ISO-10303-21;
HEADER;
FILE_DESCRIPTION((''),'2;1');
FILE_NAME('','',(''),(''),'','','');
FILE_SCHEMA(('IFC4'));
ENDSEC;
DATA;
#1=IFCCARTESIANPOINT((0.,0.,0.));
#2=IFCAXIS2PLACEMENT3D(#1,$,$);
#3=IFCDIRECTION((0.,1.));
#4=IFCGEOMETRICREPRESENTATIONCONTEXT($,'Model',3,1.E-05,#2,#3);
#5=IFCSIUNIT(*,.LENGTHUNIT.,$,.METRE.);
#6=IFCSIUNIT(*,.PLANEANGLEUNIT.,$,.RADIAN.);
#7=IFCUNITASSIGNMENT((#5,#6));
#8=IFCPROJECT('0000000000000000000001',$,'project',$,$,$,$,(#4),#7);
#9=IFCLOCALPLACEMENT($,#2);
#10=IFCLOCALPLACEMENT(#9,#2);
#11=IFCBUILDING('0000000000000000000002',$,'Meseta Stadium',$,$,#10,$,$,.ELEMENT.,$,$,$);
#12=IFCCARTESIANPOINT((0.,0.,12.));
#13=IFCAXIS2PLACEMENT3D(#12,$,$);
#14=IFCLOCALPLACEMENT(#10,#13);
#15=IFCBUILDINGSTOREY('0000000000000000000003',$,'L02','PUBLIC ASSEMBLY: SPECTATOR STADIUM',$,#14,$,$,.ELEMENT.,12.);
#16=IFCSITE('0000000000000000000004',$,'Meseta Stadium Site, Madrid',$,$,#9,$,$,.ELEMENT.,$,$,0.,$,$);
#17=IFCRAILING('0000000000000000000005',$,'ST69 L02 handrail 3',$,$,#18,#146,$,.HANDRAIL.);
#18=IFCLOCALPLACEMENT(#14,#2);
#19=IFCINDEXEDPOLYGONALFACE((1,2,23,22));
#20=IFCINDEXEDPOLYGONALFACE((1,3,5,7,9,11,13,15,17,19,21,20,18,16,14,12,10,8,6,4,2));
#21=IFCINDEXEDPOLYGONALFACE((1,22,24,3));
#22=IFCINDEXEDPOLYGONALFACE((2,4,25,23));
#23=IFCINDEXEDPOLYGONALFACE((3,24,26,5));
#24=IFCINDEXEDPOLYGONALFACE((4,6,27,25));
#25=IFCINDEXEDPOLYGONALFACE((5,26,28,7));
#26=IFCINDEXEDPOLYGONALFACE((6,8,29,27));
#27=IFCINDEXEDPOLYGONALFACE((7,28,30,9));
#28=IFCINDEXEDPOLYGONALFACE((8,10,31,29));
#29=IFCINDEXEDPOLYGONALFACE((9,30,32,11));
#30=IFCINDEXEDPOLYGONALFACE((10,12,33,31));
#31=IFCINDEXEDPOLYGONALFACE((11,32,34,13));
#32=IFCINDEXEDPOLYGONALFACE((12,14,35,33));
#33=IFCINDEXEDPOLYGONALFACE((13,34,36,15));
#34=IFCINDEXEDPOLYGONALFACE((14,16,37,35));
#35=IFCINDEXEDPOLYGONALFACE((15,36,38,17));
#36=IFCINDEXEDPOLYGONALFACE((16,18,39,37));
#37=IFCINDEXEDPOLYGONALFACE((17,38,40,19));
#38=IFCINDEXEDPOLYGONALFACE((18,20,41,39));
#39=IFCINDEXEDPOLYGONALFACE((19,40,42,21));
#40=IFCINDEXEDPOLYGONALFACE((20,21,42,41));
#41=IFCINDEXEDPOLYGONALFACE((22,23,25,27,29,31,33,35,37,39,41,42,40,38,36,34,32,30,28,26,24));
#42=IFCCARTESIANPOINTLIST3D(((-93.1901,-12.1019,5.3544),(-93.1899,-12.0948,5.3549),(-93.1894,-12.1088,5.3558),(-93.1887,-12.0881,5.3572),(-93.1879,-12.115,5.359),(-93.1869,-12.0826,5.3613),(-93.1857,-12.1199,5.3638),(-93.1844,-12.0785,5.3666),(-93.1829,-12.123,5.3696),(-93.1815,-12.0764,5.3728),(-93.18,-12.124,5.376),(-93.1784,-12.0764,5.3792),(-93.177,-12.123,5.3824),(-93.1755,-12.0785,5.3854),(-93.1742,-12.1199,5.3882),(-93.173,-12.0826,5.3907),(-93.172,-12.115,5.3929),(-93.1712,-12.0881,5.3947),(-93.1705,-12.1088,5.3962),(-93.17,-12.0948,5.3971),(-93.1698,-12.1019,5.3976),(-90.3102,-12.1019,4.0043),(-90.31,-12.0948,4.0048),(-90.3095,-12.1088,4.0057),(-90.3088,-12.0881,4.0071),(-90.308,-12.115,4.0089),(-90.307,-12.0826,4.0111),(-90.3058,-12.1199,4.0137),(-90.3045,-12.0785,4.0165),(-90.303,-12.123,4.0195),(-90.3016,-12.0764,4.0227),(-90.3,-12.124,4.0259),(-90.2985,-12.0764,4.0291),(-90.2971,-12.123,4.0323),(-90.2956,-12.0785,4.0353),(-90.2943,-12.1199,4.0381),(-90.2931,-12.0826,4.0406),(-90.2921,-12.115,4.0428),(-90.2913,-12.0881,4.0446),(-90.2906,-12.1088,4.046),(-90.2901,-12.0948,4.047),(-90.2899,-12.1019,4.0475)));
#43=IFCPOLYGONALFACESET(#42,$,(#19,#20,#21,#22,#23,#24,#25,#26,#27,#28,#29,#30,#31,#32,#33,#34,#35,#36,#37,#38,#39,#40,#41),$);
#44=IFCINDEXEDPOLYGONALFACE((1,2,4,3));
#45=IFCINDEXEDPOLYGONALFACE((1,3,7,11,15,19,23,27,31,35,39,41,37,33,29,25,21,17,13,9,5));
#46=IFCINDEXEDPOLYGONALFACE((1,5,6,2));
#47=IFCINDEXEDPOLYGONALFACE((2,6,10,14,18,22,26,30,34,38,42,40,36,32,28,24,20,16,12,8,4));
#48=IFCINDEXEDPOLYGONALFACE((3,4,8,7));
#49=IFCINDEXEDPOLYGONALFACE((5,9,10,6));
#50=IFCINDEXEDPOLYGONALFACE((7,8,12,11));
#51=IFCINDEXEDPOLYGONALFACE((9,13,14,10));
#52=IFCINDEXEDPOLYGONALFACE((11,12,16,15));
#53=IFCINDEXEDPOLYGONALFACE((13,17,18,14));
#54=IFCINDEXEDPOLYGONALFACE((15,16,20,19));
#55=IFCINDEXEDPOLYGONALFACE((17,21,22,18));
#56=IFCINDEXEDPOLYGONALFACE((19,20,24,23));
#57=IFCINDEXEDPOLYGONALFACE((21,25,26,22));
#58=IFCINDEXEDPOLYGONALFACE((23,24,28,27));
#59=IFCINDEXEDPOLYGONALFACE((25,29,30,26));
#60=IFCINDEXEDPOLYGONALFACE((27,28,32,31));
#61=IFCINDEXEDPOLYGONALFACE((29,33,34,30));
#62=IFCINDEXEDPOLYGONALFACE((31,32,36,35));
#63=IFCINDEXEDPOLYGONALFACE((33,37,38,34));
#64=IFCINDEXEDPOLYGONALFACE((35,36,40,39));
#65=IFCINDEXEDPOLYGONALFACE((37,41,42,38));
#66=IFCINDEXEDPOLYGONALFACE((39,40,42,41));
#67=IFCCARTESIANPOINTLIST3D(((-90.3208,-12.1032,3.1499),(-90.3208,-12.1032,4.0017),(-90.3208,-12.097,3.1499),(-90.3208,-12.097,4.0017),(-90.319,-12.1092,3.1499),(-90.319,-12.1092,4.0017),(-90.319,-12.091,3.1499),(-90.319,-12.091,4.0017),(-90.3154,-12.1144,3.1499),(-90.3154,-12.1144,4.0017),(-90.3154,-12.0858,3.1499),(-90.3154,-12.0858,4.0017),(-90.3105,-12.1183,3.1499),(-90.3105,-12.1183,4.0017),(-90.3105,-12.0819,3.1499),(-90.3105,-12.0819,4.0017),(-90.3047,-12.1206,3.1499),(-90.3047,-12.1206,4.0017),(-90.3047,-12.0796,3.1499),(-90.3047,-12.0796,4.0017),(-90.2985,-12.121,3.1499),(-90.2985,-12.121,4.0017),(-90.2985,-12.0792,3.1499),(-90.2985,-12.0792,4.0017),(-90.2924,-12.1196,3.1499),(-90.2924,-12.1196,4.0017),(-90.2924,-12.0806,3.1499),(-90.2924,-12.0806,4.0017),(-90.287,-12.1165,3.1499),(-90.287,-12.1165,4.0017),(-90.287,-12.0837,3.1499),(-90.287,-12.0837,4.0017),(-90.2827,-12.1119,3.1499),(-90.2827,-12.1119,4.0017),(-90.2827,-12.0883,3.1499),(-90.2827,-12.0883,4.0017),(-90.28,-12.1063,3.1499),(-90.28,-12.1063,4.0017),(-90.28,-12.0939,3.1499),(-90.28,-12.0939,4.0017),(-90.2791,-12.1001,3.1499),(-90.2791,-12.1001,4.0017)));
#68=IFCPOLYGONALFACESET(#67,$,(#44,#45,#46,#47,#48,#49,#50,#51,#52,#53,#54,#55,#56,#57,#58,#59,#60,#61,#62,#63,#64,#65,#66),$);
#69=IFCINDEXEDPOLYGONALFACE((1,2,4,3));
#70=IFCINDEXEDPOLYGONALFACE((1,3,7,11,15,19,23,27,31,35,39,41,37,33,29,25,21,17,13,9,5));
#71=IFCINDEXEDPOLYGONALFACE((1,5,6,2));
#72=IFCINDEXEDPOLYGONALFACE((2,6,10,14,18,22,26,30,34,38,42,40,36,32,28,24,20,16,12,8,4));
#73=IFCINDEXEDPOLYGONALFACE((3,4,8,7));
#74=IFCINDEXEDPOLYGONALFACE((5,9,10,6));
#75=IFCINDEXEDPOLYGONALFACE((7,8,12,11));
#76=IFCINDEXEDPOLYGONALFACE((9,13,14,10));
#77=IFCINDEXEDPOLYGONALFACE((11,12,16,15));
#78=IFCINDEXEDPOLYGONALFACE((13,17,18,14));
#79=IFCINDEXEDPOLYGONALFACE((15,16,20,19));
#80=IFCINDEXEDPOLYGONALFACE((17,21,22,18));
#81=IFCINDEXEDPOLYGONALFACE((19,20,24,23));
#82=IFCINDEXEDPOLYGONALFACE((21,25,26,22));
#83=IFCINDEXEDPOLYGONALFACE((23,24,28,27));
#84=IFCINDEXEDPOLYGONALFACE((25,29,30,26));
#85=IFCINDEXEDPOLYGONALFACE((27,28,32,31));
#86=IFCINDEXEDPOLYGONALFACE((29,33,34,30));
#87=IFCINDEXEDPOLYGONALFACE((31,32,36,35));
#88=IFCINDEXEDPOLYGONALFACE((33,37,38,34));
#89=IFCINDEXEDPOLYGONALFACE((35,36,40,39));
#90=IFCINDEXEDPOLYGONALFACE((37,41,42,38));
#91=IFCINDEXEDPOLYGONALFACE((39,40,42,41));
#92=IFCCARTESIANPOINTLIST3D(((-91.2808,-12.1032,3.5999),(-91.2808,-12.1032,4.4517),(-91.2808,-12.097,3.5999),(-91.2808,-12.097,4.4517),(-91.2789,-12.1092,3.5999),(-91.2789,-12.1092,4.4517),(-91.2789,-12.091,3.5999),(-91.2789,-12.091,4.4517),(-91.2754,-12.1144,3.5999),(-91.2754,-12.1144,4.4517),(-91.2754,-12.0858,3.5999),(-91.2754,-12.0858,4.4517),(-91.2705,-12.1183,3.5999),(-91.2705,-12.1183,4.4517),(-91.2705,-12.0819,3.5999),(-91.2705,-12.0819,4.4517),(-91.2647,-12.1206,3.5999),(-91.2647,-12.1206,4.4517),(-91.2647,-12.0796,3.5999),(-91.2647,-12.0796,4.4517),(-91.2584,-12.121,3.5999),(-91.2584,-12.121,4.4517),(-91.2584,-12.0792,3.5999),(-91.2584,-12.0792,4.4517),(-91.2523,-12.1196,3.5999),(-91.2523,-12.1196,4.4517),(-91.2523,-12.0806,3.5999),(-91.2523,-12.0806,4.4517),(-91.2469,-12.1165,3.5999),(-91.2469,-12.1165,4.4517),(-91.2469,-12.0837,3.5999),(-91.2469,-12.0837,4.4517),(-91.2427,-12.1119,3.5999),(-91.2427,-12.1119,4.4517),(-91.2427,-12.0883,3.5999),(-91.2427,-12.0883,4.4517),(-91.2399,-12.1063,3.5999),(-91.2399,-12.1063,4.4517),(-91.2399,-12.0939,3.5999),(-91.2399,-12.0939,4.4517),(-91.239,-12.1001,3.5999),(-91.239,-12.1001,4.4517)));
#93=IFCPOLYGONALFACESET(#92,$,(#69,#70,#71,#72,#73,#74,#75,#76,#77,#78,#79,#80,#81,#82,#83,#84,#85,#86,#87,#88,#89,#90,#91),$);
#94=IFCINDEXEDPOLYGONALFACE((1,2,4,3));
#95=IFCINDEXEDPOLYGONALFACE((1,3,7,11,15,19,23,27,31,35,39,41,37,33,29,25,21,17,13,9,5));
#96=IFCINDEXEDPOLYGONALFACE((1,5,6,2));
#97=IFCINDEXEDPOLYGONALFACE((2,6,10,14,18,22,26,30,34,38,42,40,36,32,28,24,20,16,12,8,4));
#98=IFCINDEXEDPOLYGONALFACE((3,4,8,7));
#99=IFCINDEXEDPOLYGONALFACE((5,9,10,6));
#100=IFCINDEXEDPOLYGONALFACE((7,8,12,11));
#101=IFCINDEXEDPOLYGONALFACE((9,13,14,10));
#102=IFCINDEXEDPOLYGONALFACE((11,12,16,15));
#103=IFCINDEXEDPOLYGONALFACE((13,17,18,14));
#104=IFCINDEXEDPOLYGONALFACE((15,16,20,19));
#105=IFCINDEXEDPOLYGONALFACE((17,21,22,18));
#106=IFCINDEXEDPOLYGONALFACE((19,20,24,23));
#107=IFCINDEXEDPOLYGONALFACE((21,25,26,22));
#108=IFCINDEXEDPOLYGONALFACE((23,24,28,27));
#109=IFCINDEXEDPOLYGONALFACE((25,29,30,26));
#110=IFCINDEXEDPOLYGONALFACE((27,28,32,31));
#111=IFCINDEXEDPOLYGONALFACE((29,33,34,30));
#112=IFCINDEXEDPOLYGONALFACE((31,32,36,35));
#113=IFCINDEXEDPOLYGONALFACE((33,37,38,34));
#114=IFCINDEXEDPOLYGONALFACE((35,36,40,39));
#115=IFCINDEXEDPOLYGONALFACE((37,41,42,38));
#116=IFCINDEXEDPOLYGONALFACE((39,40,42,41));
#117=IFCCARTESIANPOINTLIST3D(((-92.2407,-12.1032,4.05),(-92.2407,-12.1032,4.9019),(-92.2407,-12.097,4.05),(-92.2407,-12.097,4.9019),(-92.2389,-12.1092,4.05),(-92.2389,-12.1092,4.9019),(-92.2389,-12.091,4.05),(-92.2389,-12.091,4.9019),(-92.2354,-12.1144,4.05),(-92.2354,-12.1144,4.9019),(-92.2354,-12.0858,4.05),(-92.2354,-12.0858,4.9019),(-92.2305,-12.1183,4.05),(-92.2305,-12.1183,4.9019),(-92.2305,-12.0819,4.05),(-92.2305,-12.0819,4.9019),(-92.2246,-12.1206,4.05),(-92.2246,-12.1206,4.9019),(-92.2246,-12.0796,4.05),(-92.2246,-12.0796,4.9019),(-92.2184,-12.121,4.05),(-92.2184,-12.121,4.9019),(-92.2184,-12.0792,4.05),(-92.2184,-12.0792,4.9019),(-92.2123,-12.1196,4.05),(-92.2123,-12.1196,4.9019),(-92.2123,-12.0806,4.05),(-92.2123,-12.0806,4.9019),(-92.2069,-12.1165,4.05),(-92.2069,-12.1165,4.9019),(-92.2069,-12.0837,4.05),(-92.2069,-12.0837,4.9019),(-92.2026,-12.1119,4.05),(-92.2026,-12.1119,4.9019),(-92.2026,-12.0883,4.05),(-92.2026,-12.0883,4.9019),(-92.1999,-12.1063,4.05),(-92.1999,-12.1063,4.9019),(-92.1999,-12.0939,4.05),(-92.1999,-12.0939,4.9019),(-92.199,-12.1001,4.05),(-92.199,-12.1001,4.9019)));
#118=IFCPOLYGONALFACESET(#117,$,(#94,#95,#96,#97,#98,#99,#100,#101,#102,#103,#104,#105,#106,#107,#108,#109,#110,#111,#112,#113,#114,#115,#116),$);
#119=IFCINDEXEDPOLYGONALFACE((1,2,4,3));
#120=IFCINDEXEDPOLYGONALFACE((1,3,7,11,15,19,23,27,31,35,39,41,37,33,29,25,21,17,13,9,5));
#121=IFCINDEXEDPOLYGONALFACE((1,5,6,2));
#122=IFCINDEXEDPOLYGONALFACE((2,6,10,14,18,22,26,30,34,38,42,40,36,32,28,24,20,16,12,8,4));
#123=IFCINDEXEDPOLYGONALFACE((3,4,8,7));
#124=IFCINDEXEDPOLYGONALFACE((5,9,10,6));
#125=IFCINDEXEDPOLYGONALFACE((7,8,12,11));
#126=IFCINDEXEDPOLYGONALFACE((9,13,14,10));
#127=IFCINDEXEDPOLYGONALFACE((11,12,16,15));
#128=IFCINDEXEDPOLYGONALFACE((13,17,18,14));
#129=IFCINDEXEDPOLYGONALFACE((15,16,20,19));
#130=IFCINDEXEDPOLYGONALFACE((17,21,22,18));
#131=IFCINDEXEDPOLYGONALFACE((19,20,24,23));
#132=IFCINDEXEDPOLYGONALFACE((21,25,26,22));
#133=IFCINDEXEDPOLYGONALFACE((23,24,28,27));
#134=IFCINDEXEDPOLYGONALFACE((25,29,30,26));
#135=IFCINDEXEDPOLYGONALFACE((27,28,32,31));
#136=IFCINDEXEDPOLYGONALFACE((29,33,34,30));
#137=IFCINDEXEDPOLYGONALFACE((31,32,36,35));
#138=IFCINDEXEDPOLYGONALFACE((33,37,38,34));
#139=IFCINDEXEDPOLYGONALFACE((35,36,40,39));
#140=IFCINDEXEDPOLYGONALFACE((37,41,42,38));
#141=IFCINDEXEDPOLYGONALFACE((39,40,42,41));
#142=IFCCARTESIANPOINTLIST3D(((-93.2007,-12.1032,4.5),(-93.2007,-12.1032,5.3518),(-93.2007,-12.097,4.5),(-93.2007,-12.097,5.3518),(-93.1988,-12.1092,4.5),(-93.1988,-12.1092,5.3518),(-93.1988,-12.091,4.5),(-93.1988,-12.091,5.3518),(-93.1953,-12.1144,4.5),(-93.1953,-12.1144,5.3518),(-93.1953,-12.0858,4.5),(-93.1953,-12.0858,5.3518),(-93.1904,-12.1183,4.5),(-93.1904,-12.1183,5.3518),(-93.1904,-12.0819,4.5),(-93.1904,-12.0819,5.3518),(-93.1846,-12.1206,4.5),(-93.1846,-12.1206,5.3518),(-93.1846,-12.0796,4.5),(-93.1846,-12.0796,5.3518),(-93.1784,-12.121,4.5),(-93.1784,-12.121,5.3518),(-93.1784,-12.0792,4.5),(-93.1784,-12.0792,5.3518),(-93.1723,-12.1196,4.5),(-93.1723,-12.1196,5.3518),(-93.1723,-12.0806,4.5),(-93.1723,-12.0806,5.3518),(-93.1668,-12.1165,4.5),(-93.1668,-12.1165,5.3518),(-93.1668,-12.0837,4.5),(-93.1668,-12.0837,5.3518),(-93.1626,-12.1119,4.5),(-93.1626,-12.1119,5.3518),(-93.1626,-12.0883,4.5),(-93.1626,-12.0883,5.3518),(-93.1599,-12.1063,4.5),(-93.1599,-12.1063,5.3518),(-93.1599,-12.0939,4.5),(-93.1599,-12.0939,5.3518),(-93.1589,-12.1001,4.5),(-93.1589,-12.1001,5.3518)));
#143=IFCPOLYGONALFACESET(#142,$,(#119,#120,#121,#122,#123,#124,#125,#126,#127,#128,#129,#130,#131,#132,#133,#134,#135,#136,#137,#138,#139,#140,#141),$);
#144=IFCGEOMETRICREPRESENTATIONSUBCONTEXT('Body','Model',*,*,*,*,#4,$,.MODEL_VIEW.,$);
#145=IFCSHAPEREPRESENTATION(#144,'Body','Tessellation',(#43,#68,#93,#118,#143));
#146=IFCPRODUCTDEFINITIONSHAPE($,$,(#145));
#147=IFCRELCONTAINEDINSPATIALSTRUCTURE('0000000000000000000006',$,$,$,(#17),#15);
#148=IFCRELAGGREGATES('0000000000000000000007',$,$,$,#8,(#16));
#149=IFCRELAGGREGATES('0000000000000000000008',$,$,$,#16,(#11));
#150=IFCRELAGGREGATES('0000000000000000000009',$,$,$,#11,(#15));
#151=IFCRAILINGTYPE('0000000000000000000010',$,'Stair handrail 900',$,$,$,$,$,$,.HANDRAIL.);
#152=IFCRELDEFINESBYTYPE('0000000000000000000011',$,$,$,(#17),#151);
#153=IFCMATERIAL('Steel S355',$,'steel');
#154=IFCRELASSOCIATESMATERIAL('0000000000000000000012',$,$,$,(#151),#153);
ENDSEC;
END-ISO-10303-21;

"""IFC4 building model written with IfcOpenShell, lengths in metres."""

from ifc_helpers import new_model, si_unit, direction, frame, origin, origin_2d, place, context, subcontext, project, spatial, circle, extrude, material, type_object, element, save


model = new_model("IFC4")

# Units and contexts
model_context = context("Model", 3, precision=1e-05, world=origin(), true_north=direction((0.0, 1.0)))
body_context = subcontext(model_context, "Body", "Model", "MODEL_VIEW")
ifc_project = project(units=[si_unit("LENGTHUNIT", "METRE"), si_unit("PLANEANGLEUNIT", "RADIAN")], contexts=[model_context])

# Site, building, storey
site_placement = place(None, origin())
site = spatial("IfcSite", under=ifc_project, at=site_placement, Name="Meseta Stadium Site, Madrid", CompositionType="ELEMENT", RefElevation=0.0)
building_placement = place(site_placement, origin())
building = spatial("IfcBuilding", under=site, at=building_placement, Name="Meseta Stadium", CompositionType="ELEMENT")
storey_placement = place(building_placement, frame((0.0, 0.0, 12.0)))
storey = spatial("IfcBuildingStorey", under=building, at=storey_placement, Name="L02", Description="PUBLIC ASSEMBLY: SPECTATOR STADIUM", CompositionType="ELEMENT", Elevation=12.0)

# Railing
ifc_material_1 = material(Name="Steel S355", Category="steel")
railing_type_1 = type_object("IfcRailingType", Name="Stair handrail 900", PredefinedType="HANDRAIL", material=ifc_material_1)
railing_1_placement = place(storey_placement, frame((-90.3, -12.1001, 3.1499)))
element("IfcRailing", 1, at=railing_1_placement, inside=storey, type_object=railing_type_1, Name="ST69 L02 handrail 3", PredefinedType="HANDRAIL", context=body_context, shape_type="SweptSolid", body=[
    extrude(circle(Radius=0.0239, at=origin_2d()), frame((0.0, 0.0, 0.876), z_axis=(-0.90544, 0.0, 0.424473), x_axis=(0.0, -1.0, 0.0)), (0.0, 0.0, 1.0), 3.1807),
    extrude(circle(Radius=0.021, at=origin_2d()), origin(), (0.0, 0.0, 1.0), 0.8518),
    extrude(circle(Radius=0.021, at=origin_2d()), frame((-0.96, 0.0, 0.45)), (0.0, 0.0, 1.0), 0.8518),
    extrude(circle(Radius=0.021, at=origin_2d()), frame((-1.9199, 0.0, 0.9001)), (0.0, 0.0, 1.0), 0.8518),
    extrude(circle(Radius=0.021, at=origin_2d()), frame((-2.8799, 0.0, 1.3501)), (0.0, 0.0, 1.0), 0.8518),
])

save(model, "model.ifc")
